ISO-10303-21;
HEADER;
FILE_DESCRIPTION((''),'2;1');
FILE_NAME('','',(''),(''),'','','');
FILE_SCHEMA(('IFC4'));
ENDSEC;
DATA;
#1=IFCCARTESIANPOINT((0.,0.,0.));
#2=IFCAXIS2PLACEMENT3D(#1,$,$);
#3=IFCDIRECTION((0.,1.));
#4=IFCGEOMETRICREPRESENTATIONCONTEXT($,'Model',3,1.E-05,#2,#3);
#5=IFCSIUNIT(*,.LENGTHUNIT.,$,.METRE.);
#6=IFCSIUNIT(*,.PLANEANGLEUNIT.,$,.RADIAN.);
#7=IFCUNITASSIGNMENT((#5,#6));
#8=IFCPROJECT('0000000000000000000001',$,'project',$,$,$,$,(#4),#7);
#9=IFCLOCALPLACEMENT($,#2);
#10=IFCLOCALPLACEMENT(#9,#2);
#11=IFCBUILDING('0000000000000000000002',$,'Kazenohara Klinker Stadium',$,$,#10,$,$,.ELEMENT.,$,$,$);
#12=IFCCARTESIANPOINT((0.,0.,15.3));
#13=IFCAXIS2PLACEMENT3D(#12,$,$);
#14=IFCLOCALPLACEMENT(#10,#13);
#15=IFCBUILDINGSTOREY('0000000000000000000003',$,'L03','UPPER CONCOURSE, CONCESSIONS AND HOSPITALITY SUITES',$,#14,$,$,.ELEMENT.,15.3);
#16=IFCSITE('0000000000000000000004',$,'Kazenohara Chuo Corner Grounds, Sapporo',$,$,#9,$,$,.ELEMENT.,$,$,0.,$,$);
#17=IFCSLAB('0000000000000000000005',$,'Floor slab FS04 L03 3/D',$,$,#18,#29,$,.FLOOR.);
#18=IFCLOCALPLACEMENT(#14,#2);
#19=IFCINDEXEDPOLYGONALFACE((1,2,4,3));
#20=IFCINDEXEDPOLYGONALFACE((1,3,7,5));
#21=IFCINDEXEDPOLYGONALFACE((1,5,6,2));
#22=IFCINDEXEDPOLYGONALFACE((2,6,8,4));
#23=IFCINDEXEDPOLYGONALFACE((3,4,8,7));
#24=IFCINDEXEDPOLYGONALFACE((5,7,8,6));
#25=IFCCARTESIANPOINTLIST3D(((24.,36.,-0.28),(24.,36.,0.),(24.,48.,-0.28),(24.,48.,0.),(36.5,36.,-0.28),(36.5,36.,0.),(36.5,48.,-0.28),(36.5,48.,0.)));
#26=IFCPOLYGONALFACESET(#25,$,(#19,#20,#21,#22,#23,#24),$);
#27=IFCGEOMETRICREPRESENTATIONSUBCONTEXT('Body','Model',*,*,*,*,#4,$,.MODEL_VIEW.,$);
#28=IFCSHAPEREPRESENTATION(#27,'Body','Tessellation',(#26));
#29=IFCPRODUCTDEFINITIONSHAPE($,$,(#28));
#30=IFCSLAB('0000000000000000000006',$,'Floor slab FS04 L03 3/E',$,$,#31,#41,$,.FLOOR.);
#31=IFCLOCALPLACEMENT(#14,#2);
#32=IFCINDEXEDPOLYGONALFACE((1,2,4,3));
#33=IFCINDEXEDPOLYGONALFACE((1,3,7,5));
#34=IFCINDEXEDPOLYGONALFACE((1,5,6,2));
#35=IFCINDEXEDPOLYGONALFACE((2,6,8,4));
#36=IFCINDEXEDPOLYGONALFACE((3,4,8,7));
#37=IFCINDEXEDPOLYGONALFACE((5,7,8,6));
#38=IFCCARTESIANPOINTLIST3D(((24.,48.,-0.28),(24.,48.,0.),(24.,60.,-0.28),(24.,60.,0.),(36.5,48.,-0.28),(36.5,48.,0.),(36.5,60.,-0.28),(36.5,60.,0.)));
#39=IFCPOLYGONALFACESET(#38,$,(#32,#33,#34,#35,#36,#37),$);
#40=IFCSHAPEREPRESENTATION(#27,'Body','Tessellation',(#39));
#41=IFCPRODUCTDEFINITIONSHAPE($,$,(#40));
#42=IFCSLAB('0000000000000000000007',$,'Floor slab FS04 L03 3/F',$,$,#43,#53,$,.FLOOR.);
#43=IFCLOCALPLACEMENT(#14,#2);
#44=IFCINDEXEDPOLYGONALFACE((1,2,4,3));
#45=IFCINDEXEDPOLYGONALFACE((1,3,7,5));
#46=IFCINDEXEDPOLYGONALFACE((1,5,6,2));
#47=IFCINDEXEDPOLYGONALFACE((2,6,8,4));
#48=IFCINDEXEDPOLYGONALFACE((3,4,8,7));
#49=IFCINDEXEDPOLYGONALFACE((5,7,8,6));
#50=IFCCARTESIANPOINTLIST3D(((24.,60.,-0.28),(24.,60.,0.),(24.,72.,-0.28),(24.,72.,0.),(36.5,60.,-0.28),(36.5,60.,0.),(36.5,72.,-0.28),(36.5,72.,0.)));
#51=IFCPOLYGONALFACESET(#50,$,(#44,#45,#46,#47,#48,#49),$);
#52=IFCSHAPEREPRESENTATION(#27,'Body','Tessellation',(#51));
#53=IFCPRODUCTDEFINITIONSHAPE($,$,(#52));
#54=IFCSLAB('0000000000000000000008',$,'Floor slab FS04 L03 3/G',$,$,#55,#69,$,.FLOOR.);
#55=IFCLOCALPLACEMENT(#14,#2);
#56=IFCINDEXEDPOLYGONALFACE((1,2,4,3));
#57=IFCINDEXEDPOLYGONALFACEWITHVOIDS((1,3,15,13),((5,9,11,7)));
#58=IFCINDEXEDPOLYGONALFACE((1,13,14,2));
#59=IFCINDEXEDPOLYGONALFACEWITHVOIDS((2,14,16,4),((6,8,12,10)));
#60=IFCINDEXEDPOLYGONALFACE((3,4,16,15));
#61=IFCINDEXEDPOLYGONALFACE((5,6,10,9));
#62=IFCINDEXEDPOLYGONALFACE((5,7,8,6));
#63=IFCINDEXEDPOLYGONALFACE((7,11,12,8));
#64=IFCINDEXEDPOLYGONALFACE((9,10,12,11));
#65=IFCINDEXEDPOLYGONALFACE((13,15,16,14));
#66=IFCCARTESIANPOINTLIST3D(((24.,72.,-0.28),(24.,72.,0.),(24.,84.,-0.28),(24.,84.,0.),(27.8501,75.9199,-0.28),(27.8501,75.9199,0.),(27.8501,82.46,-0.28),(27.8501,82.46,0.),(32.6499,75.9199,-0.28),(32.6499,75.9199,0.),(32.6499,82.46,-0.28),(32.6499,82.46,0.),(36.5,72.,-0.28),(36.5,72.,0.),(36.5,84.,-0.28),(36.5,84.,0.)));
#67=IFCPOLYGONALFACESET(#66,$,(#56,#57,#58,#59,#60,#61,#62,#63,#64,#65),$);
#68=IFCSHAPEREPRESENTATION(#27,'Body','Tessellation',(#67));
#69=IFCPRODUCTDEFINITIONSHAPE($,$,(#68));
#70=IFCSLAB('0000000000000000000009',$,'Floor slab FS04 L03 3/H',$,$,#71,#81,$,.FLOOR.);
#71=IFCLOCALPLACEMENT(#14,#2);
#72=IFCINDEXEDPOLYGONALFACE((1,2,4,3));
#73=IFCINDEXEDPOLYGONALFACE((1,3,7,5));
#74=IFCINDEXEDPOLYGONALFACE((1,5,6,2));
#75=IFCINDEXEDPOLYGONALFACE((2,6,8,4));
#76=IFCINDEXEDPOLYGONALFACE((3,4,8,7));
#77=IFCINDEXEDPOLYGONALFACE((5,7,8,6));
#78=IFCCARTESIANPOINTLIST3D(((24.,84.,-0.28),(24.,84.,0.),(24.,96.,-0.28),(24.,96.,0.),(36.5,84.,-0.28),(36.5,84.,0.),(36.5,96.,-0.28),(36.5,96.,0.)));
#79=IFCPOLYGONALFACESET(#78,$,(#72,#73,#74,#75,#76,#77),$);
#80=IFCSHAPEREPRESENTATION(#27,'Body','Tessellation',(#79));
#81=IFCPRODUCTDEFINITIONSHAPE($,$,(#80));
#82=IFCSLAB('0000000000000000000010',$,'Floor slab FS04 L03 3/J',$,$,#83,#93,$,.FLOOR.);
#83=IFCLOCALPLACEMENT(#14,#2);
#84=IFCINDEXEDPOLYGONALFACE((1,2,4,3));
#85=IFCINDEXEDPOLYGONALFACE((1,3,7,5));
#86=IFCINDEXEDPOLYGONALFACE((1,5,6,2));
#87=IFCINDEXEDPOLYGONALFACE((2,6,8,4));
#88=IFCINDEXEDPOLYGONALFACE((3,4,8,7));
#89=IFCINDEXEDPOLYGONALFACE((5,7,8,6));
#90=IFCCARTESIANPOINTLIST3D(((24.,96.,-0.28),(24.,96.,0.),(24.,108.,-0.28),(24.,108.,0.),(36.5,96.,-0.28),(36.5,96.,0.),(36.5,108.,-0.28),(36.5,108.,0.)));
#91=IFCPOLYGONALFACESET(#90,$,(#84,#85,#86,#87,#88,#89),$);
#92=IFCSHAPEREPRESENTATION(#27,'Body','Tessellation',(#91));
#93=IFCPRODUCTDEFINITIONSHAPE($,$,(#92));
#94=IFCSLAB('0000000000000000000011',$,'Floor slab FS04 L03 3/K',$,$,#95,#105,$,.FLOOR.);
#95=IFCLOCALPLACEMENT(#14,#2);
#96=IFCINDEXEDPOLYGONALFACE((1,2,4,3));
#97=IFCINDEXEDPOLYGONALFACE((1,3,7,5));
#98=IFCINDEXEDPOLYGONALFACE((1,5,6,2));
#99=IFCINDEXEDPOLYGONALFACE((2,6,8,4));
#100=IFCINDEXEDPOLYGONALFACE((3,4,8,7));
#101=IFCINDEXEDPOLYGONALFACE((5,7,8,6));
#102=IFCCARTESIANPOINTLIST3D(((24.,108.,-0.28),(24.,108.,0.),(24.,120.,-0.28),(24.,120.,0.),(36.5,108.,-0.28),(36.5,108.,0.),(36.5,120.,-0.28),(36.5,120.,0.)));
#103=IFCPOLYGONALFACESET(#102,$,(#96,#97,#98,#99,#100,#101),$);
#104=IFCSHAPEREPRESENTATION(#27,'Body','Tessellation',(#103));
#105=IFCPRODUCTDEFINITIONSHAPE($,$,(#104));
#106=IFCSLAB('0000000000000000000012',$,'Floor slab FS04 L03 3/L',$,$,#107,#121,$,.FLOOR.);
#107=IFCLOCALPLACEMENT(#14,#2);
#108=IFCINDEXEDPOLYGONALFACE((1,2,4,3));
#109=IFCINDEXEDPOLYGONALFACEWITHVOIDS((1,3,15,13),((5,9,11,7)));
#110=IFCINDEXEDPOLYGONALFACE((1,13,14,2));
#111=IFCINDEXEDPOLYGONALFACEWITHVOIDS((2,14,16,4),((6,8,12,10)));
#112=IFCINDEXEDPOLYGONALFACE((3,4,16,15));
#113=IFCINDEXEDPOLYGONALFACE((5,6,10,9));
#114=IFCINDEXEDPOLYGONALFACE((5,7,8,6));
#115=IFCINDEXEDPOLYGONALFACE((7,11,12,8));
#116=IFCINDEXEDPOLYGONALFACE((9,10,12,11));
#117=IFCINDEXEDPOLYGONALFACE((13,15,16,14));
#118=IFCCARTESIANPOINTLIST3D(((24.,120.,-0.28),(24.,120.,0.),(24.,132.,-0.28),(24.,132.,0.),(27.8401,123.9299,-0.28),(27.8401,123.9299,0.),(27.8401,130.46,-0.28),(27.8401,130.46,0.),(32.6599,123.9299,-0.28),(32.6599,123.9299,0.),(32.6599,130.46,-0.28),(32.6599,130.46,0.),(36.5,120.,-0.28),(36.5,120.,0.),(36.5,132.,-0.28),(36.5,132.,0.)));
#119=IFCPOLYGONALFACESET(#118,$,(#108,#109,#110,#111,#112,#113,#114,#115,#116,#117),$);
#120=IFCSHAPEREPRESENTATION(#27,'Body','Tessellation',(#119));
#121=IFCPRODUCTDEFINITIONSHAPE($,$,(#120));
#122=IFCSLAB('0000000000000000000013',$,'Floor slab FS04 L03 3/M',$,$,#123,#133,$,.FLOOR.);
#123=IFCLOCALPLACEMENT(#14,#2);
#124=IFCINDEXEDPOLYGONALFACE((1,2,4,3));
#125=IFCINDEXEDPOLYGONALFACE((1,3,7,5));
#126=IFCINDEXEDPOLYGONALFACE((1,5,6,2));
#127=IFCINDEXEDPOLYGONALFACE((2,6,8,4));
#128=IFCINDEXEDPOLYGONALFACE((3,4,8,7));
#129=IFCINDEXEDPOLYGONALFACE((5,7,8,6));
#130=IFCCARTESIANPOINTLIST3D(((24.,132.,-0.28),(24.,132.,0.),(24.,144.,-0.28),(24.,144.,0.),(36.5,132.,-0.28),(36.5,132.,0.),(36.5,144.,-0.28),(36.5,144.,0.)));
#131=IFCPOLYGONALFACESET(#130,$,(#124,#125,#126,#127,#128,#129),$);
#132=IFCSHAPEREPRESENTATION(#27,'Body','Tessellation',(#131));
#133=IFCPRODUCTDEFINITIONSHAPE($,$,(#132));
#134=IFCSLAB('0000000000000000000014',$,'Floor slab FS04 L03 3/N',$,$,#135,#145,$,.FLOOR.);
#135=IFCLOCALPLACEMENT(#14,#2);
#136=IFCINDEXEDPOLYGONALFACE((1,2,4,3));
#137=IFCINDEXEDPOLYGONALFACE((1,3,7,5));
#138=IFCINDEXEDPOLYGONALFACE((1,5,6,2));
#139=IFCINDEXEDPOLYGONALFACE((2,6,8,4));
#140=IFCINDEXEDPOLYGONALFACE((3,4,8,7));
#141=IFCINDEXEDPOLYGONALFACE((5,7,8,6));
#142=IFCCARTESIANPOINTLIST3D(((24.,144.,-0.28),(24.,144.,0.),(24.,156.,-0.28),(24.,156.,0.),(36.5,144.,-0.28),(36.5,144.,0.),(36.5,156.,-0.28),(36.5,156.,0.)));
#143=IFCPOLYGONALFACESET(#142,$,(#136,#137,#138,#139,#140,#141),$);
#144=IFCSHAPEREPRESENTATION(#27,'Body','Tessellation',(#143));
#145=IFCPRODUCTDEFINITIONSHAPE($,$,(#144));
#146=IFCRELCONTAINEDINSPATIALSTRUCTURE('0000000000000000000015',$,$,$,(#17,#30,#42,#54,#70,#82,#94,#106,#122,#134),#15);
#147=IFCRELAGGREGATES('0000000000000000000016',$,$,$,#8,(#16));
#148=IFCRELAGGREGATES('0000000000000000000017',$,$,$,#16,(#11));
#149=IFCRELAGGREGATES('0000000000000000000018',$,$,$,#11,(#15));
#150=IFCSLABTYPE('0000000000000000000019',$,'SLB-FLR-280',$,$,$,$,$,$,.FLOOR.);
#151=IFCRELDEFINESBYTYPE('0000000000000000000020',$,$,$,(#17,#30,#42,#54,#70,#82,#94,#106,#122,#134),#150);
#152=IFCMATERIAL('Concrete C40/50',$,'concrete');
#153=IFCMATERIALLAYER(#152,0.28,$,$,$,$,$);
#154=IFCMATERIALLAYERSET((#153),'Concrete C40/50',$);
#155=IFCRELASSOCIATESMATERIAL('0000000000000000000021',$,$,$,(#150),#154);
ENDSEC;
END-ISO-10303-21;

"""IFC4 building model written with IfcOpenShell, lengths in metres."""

from ifc_helpers import new_model, si_unit, direction, frame, origin, place, context, subcontext, project, spatial, polyline, outline, extrude, material, layer, layer_set, type_object, element, save


model = new_model("IFC4")

# Units and contexts
model_context = context("Model", 3, precision=1e-05, world=origin(), true_north=direction((0.0, 1.0)))
body_context = subcontext(model_context, "Body", "Model", "MODEL_VIEW")
ifc_project = project(units=[si_unit("LENGTHUNIT", "METRE"), si_unit("PLANEANGLEUNIT", "RADIAN")], contexts=[model_context])

# Site, building, storey
site_placement = place(None, origin())
site = spatial("IfcSite", under=ifc_project, at=site_placement, Name="Kazenohara Chuo Corner Grounds, Sapporo", CompositionType="ELEMENT", RefElevation=0.0)
building_placement = place(site_placement, origin())
building = spatial("IfcBuilding", under=site, at=building_placement, Name="Kazenohara Klinker Stadium", CompositionType="ELEMENT")
storey_placement = place(building_placement, frame((0.0, 0.0, 15.3)))
storey = spatial("IfcBuildingStorey", under=building, at=storey_placement, Name="L03", Description="UPPER CONCOURSE, CONCESSIONS AND HOSPITALITY SUITES", CompositionType="ELEMENT", Elevation=15.3)

# Slabs
ifc_material = material(Name="Concrete C40/50", Category="concrete")
ifc_layer = layer(ifc_material, 0.28)
ifc_layer_set = layer_set([ifc_layer], Name="Concrete C40/50")
slab_type = type_object("IfcSlabType", Name="SLB-FLR-280", PredefinedType="FLOOR", material=ifc_layer_set)
slab_1_placement = place(storey_placement, frame((0.0, 0.0, -0.28)))
element("IfcSlab", 1, at=slab_1_placement, inside=storey, type_object=slab_type, Name="Floor slab FS04 L03 3/D", PredefinedType="FLOOR", context=body_context, shape_type="SweptSolid", body=[
    extrude(outline(polyline([(24.0, 36.0), (36.5, 36.0), (36.5, 48.0), (24.0, 48.0), (24.0, 36.0)])), origin(), (0.0, 0.0, 1.0), 0.28),
])
slab_2_placement = place(storey_placement, frame((0.0, 0.0, -0.28)))
element("IfcSlab", 2, at=slab_2_placement, inside=storey, type_object=slab_type, Name="Floor slab FS04 L03 3/E", PredefinedType="FLOOR", context=body_context, shape_type="SweptSolid", body=[
    extrude(outline(polyline([(24.0, 48.0), (36.5, 48.0), (36.5, 60.0), (24.0, 60.0), (24.0, 48.0)])), origin(), (0.0, 0.0, 1.0), 0.28),
])
slab_3_placement = place(storey_placement, frame((0.0, 0.0, -0.28)))
element("IfcSlab", 3, at=slab_3_placement, inside=storey, type_object=slab_type, Name="Floor slab FS04 L03 3/F", PredefinedType="FLOOR", context=body_context, shape_type="SweptSolid", body=[
    extrude(outline(polyline([(24.0, 60.0), (36.5, 60.0), (36.5, 72.0), (24.0, 72.0), (24.0, 60.0)])), origin(), (0.0, 0.0, 1.0), 0.28),
])
slab_4_placement = place(storey_placement, frame((0.0, 0.0, -0.28)))
element("IfcSlab", 4, at=slab_4_placement, inside=storey, type_object=slab_type, Name="Floor slab FS04 L03 3/G", PredefinedType="FLOOR", context=body_context, shape_type="SweptSolid", body=[
    extrude(outline(polyline([(24.0, 72.0), (36.5, 72.0), (36.5, 84.0), (24.0, 84.0), (24.0, 72.0)]), holes=[polyline([(32.6499, 75.9199), (32.6499, 82.46), (27.8501, 82.46), (27.8501, 75.9199), (32.6499, 75.9199)])]), origin(), (0.0, 0.0, 1.0), 0.28),
])
slab_5_placement = place(storey_placement, frame((0.0, 0.0, -0.28)))
element("IfcSlab", 5, at=slab_5_placement, inside=storey, type_object=slab_type, Name="Floor slab FS04 L03 3/H", PredefinedType="FLOOR", context=body_context, shape_type="SweptSolid", body=[
    extrude(outline(polyline([(24.0, 84.0), (36.5, 84.0), (36.5, 96.0), (24.0, 96.0), (24.0, 84.0)])), origin(), (0.0, 0.0, 1.0), 0.28),
])
slab_6_placement = place(storey_placement, frame((0.0, 0.0, -0.28)))
element("IfcSlab", 6, at=slab_6_placement, inside=storey, type_object=slab_type, Name="Floor slab FS04 L03 3/J", PredefinedType="FLOOR", context=body_context, shape_type="SweptSolid", body=[
    extrude(outline(polyline([(24.0, 96.0), (36.5, 96.0), (36.5, 108.0), (24.0, 108.0), (24.0, 96.0)])), origin(), (0.0, 0.0, 1.0), 0.28),
])
slab_7_placement = place(storey_placement, frame((0.0, 0.0, -0.28)))
element("IfcSlab", 7, at=slab_7_placement, inside=storey, type_object=slab_type, Name="Floor slab FS04 L03 3/K", PredefinedType="FLOOR", context=body_context, shape_type="SweptSolid", body=[
    extrude(outline(polyline([(24.0, 108.0), (36.5, 108.0), (36.5, 120.0), (24.0, 120.0), (24.0, 108.0)])), origin(), (0.0, 0.0, 1.0), 0.28),
])
slab_8_placement = place(storey_placement, frame((0.0, 0.0, -0.28)))
element("IfcSlab", 8, at=slab_8_placement, inside=storey, type_object=slab_type, Name="Floor slab FS04 L03 3/L", PredefinedType="FLOOR", context=body_context, shape_type="SweptSolid", body=[
    extrude(outline(polyline([(24.0, 120.0), (36.5, 120.0), (36.5, 132.0), (24.0, 132.0), (24.0, 120.0)]), holes=[polyline([(32.6599, 123.9299), (32.6599, 130.46), (27.8401, 130.46), (27.8401, 123.9299), (32.6599, 123.9299)])]), origin(), (0.0, 0.0, 1.0), 0.28),
])
slab_9_placement = place(storey_placement, frame((0.0, 0.0, -0.28)))
element("IfcSlab", 9, at=slab_9_placement, inside=storey, type_object=slab_type, Name="Floor slab FS04 L03 3/M", PredefinedType="FLOOR", context=body_context, shape_type="SweptSolid", body=[
    extrude(outline(polyline([(24.0, 132.0), (36.5, 132.0), (36.5, 144.0), (24.0, 144.0), (24.0, 132.0)])), origin(), (0.0, 0.0, 1.0), 0.28),
])
slab_10_placement = place(storey_placement, frame((0.0, 0.0, -0.28)))
element("IfcSlab", 10, at=slab_10_placement, inside=storey, type_object=slab_type, Name="Floor slab FS04 L03 3/N", PredefinedType="FLOOR", context=body_context, shape_type="SweptSolid", body=[
    extrude(outline(polyline([(24.0, 144.0), (36.5, 144.0), (36.5, 156.0), (24.0, 156.0), (24.0, 144.0)])), origin(), (0.0, 0.0, 1.0), 0.28),
])

save(model, "model.ifc")
